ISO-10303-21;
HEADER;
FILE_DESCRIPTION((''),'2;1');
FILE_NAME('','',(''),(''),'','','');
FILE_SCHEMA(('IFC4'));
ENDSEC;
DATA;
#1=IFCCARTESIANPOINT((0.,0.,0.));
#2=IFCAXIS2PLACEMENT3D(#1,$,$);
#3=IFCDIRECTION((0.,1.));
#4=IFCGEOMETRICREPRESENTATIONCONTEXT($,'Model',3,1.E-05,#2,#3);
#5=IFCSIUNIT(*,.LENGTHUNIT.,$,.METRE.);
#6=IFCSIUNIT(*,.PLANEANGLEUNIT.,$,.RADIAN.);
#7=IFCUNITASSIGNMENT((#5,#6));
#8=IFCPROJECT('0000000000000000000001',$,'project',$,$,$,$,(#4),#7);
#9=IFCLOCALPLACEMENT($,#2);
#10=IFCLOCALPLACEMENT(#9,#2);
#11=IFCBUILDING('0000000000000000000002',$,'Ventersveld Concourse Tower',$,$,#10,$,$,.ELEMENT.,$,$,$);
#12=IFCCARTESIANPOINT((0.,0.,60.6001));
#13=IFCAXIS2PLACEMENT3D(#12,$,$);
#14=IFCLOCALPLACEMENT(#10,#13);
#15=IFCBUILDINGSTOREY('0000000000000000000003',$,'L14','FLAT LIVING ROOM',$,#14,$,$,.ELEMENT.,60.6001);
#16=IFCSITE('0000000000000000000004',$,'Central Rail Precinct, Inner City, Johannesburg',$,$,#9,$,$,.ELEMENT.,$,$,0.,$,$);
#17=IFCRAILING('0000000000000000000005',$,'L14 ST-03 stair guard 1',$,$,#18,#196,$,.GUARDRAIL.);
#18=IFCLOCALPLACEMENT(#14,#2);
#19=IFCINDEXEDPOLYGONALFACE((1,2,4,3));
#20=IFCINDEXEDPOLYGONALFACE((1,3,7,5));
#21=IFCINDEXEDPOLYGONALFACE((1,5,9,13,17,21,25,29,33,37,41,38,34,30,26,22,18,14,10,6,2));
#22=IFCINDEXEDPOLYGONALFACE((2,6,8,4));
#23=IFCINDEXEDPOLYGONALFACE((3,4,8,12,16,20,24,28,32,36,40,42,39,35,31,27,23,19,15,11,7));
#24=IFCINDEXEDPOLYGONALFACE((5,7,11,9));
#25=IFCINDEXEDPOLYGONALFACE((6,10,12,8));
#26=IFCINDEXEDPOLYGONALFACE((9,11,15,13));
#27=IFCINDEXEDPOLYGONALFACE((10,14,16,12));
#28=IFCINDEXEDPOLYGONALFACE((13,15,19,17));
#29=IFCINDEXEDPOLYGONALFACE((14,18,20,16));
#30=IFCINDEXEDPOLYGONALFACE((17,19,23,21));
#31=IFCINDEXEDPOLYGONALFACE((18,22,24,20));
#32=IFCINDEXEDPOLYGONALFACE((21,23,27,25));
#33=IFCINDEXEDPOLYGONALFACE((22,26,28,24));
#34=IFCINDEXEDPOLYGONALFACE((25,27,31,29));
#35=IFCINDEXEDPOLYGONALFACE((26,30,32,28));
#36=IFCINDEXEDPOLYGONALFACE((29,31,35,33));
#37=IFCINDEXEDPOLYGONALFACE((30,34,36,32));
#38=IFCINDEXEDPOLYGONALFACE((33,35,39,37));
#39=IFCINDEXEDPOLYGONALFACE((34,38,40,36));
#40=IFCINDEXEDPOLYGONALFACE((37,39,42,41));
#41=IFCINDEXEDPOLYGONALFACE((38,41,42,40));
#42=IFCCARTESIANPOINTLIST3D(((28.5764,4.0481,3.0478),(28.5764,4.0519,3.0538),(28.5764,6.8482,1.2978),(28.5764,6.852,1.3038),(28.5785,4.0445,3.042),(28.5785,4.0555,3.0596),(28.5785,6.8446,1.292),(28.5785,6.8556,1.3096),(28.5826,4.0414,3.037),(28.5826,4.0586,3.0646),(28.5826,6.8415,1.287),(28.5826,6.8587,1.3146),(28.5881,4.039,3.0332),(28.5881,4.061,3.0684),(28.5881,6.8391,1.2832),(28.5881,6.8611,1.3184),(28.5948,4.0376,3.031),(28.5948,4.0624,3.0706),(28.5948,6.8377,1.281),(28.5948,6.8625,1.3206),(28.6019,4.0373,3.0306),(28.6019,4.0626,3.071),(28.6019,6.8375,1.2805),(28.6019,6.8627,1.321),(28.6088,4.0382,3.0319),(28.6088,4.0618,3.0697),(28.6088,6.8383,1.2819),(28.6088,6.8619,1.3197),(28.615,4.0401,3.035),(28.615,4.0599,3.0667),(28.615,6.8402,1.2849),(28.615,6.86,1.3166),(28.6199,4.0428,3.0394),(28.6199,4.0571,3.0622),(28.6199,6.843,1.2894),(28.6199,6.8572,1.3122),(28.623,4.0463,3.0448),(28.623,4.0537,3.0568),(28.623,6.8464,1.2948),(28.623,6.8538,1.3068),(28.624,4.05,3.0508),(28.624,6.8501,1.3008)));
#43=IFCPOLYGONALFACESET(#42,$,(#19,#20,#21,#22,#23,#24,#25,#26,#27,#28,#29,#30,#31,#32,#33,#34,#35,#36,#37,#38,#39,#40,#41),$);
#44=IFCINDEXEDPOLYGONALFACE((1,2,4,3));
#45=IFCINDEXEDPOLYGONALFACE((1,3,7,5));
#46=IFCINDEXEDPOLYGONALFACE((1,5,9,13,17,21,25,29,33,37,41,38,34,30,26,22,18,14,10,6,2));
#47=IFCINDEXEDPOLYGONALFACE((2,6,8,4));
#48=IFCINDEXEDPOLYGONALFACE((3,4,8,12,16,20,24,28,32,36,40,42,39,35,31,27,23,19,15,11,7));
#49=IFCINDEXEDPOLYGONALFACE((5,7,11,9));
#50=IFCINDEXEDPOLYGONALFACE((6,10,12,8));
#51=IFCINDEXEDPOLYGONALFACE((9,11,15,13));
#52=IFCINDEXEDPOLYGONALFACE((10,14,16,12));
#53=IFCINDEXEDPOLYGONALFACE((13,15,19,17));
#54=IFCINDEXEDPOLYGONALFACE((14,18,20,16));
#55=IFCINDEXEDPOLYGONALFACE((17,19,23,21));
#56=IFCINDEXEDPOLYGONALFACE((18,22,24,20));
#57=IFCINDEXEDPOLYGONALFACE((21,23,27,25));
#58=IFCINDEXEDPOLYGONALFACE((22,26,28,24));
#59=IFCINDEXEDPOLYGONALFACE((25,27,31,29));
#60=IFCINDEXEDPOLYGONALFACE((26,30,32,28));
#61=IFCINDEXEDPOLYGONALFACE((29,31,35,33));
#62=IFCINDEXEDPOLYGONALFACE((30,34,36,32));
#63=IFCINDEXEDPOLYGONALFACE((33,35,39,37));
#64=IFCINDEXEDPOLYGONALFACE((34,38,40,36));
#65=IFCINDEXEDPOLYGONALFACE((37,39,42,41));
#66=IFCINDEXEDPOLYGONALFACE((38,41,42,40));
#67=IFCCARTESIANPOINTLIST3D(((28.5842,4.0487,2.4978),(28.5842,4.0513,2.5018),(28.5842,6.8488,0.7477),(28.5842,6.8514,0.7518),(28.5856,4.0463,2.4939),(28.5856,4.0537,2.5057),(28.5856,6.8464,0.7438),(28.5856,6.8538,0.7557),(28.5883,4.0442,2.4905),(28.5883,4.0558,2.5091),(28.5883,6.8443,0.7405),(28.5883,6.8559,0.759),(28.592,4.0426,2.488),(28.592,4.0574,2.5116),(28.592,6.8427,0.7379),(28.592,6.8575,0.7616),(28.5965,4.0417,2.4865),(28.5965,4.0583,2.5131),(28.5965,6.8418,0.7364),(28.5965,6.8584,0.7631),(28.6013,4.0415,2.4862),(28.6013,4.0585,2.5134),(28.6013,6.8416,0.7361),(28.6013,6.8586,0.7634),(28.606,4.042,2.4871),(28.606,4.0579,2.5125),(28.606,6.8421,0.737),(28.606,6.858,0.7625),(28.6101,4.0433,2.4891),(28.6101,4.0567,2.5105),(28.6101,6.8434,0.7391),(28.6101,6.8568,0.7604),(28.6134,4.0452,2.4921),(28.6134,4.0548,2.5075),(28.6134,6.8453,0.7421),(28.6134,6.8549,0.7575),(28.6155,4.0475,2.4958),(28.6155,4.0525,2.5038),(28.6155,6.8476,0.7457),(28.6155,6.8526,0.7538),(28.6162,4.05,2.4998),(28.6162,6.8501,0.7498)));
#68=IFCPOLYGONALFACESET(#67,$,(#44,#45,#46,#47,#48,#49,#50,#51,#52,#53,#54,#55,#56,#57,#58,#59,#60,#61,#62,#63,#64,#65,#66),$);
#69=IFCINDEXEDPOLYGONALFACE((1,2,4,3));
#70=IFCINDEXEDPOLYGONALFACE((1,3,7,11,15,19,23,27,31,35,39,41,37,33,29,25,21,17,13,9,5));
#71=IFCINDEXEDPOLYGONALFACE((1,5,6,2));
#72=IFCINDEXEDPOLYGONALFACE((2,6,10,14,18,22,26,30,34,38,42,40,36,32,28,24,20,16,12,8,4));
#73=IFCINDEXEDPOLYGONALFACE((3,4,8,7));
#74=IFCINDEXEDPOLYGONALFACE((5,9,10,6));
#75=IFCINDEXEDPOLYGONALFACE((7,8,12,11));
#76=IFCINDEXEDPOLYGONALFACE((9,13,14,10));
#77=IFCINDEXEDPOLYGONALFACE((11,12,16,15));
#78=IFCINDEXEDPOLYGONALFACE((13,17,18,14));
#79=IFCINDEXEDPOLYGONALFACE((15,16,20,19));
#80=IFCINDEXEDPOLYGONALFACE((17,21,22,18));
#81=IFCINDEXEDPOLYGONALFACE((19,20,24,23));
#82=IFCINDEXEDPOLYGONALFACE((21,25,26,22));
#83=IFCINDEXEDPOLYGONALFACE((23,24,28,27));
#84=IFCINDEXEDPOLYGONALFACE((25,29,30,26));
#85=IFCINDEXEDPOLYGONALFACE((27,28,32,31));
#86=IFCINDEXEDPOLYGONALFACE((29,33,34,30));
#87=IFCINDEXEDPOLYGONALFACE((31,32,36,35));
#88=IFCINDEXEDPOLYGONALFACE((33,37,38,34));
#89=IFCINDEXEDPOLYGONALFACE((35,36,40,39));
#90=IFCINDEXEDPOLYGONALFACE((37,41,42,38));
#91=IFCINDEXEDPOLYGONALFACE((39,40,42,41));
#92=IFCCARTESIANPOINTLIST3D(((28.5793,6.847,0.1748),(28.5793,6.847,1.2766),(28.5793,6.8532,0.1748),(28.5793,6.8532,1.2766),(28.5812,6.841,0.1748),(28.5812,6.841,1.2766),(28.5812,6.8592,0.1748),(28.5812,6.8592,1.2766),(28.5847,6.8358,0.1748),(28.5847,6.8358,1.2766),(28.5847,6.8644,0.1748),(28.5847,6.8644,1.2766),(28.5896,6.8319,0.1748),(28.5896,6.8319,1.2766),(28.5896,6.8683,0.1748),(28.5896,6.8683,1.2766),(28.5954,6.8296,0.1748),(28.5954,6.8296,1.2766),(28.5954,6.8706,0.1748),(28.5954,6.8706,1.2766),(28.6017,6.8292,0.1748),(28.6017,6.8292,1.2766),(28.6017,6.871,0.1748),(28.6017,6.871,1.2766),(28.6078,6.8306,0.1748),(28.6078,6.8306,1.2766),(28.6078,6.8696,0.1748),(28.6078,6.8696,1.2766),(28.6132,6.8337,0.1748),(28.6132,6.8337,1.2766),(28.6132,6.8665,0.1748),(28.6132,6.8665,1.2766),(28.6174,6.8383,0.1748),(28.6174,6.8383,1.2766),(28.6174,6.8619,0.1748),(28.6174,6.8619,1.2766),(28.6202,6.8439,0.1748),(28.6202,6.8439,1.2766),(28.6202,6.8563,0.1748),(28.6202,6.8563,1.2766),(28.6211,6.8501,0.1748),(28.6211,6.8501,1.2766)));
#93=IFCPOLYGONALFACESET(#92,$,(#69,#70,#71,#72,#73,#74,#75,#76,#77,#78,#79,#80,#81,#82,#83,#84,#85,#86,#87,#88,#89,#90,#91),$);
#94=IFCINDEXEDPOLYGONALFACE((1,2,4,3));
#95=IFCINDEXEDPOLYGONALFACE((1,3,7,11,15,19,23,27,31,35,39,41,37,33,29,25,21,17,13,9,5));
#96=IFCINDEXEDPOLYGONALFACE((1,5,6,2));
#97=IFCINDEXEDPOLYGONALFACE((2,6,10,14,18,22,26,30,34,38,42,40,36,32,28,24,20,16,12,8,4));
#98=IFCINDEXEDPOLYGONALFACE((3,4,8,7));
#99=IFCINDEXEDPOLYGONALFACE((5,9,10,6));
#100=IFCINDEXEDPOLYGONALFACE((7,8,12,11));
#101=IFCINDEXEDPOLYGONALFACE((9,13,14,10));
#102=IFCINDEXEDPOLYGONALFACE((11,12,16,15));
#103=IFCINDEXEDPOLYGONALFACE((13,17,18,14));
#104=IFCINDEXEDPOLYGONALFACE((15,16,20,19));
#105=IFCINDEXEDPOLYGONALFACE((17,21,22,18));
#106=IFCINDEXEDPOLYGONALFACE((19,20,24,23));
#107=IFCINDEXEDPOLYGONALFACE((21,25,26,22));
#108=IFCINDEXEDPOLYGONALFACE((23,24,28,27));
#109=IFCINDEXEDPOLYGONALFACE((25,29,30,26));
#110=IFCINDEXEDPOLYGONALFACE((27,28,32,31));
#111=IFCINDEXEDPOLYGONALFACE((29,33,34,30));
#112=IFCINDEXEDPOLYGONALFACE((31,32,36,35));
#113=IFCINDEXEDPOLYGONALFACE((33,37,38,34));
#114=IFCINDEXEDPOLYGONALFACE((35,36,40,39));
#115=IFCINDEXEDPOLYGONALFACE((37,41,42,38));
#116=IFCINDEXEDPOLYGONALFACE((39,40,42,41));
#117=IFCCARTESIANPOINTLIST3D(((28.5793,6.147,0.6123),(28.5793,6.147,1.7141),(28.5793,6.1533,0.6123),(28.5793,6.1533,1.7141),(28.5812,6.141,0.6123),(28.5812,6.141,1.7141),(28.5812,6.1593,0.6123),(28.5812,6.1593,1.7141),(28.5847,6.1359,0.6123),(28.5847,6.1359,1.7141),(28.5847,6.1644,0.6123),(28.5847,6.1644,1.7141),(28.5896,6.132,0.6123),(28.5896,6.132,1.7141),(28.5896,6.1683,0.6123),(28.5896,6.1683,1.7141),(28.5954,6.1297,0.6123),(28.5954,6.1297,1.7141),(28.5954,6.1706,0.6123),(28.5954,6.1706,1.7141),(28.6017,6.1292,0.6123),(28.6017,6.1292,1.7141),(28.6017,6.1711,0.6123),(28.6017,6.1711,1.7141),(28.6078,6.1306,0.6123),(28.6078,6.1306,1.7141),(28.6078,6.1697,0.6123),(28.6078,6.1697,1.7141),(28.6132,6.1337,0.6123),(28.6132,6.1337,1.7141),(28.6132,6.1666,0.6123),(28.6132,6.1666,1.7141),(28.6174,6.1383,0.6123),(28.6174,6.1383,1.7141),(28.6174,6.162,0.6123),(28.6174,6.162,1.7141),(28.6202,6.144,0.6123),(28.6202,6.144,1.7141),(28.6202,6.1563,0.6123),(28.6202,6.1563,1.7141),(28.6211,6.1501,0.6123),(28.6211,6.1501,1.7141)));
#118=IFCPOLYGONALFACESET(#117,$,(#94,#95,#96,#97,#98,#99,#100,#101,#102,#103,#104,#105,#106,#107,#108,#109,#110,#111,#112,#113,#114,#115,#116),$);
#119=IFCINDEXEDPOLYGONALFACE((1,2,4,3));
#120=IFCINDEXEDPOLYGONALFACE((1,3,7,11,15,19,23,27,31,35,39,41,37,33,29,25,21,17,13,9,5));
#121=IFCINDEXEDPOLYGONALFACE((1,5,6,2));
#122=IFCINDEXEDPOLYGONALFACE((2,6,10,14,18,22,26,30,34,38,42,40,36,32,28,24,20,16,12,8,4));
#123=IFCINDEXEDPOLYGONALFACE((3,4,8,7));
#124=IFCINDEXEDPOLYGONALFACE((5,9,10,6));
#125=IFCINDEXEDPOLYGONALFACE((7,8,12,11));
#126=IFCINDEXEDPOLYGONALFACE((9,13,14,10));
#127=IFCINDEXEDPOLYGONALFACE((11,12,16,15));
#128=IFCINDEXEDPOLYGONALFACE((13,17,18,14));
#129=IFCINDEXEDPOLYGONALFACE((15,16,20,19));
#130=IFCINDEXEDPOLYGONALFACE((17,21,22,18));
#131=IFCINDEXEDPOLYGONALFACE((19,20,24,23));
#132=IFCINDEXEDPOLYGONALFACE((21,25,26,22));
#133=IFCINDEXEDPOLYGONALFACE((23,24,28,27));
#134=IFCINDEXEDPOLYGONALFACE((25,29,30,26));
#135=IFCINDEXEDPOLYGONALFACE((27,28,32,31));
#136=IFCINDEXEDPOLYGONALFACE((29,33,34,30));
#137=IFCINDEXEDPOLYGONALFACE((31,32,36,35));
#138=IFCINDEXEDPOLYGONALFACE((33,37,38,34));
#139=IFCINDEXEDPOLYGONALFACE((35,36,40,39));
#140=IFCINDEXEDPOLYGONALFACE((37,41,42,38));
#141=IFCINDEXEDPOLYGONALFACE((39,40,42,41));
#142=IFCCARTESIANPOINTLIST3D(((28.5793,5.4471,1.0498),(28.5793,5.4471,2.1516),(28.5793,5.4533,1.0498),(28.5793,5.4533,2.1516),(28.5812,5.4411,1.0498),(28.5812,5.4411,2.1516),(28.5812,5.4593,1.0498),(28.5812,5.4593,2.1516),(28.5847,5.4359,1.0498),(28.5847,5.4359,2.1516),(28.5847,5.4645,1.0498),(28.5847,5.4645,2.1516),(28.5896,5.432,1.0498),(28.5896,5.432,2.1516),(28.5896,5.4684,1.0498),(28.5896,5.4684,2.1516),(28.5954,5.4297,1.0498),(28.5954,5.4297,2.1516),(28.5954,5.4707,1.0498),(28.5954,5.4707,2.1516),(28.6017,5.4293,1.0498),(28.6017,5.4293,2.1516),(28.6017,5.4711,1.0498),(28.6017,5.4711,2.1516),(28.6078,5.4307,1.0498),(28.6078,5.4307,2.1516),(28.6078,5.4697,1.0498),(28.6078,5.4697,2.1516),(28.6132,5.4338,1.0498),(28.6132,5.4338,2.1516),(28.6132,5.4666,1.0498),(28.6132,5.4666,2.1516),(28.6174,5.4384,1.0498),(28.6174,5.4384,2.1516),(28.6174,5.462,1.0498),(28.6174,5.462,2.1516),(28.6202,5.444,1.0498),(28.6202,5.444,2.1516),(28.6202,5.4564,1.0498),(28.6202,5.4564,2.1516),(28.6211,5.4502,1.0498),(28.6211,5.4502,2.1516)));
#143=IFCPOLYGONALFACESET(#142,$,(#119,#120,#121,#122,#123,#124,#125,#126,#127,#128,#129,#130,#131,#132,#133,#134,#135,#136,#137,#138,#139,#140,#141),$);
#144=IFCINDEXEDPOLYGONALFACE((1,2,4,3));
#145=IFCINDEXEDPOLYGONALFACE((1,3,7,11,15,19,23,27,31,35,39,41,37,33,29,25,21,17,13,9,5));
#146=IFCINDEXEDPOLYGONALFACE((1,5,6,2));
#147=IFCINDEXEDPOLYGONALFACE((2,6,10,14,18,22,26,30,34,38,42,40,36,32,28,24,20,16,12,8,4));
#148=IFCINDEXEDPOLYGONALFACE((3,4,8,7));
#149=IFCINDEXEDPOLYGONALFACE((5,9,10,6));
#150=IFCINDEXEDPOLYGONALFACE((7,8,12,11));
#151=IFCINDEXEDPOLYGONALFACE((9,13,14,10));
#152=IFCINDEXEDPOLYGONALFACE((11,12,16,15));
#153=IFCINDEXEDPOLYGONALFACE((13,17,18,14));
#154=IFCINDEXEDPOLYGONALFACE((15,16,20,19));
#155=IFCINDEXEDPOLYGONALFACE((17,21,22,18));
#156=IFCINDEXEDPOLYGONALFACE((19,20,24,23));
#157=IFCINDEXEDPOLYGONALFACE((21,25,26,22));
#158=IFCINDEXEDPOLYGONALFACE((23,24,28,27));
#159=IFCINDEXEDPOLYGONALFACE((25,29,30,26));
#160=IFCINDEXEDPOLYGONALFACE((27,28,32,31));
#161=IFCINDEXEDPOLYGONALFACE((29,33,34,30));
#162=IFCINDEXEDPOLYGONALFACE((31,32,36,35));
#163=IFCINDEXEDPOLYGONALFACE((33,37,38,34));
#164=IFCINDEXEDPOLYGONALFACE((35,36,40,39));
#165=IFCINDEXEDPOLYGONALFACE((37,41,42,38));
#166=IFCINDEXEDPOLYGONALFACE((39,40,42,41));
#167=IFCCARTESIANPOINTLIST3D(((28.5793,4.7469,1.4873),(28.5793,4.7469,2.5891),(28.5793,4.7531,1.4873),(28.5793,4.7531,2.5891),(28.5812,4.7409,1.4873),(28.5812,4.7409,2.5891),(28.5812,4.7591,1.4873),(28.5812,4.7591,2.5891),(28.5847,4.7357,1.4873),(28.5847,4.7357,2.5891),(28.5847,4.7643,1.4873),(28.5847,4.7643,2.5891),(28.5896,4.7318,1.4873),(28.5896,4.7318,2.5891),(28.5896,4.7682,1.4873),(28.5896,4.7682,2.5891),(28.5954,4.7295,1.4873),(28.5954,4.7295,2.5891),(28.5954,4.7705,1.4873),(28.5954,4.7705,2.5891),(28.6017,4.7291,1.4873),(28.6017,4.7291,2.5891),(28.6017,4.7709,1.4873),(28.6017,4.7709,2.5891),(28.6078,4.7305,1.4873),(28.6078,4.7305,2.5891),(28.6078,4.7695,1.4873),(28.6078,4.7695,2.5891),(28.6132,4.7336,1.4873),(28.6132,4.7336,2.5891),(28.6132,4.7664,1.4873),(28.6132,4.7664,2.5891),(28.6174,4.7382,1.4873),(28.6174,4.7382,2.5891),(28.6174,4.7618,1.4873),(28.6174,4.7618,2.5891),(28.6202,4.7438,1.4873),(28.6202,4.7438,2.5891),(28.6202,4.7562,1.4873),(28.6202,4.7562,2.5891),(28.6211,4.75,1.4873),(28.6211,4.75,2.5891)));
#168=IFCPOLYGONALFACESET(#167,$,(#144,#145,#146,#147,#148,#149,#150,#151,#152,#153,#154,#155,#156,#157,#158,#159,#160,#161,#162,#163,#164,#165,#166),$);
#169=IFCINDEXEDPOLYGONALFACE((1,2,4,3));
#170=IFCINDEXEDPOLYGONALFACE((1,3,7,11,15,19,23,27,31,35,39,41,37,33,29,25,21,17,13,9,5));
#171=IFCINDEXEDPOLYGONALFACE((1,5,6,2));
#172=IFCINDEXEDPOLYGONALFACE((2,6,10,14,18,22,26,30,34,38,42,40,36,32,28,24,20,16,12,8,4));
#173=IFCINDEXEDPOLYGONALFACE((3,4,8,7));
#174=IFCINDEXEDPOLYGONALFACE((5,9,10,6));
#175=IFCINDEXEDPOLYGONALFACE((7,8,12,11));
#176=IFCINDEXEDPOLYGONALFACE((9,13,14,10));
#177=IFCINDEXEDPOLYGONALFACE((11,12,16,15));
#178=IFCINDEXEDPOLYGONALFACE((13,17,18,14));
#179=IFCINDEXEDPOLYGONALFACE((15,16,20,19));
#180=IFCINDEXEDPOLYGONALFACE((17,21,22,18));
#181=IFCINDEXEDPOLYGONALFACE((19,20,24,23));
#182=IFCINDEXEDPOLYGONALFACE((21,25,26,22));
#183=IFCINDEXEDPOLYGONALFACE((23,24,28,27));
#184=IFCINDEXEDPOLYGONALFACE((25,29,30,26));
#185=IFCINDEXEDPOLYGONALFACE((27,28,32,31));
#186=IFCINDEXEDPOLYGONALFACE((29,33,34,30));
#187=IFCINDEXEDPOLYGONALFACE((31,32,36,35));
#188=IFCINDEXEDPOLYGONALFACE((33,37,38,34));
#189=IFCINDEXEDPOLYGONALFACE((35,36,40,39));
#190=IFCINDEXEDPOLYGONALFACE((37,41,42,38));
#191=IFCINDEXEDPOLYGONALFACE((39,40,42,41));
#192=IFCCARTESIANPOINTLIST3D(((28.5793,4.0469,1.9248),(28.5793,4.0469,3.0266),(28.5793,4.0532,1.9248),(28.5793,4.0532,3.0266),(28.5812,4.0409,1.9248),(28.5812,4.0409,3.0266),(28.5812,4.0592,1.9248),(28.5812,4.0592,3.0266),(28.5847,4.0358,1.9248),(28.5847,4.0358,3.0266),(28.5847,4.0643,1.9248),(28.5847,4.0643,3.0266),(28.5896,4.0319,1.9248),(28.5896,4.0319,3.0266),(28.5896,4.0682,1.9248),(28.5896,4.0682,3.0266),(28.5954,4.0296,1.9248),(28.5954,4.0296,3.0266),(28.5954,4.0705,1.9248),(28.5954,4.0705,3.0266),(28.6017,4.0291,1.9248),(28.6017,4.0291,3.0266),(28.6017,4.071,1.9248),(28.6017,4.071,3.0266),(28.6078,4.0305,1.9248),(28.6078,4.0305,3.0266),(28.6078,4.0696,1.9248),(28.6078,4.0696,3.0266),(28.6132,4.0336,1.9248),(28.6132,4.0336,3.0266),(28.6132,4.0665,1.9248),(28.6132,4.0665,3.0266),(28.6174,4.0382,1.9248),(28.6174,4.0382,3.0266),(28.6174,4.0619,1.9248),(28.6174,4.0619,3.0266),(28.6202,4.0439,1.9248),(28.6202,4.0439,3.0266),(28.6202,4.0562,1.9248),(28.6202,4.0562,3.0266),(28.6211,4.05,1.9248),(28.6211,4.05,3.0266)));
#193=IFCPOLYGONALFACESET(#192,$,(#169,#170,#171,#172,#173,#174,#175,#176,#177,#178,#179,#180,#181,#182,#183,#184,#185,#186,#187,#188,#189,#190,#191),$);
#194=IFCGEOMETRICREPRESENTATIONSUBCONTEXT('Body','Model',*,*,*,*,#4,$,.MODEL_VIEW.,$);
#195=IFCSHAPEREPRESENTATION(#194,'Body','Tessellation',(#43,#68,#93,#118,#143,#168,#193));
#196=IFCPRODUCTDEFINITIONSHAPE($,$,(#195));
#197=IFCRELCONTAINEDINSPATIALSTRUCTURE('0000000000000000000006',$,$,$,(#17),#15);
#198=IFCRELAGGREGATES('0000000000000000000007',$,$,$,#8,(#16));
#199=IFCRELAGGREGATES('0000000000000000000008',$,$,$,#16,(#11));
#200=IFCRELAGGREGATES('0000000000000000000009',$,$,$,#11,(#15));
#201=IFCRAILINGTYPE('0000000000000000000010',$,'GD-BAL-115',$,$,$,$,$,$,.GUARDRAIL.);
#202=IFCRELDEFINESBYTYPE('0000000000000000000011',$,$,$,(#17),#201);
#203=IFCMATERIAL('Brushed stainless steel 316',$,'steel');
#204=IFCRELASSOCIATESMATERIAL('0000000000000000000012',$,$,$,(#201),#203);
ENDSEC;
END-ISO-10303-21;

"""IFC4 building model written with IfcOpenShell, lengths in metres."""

from ifc_helpers import new_model, si_unit, direction, frame, origin, origin_2d, place, context, subcontext, project, spatial, circle, extrude, material, type_object, element, save


model = new_model("IFC4")

# Units and contexts
model_context = context("Model", 3, precision=1e-05, world=origin(), true_north=direction((0.0, 1.0)))
body_context = subcontext(model_context, "Body", "Model", "MODEL_VIEW")
ifc_project = project(units=[si_unit("LENGTHUNIT", "METRE"), si_unit("PLANEANGLEUNIT", "RADIAN")], contexts=[model_context])

# Site, building, storey
site_placement = place(None, origin())
site = spatial("IfcSite", under=ifc_project, at=site_placement, Name="Central Rail Precinct, Inner City, Johannesburg", CompositionType="ELEMENT", RefElevation=0.0)
building_placement = place(site_placement, origin())
building = spatial("IfcBuilding", under=site, at=building_placement, Name="Ventersveld Concourse Tower", CompositionType="ELEMENT")
storey_placement = place(building_placement, frame((0.0, 0.0, 60.6001)))
storey = spatial("IfcBuildingStorey", under=building, at=storey_placement, Name="L14", Description="FLAT LIVING ROOM", CompositionType="ELEMENT", Elevation=60.6001)

# Shared definitions
ifc_material_1 = material(Name="Brushed stainless steel 316", Category="steel")

# Railing
railing_type = type_object("IfcRailingType", Name="GD-BAL-115", PredefinedType="GUARDRAIL", material=ifc_material_1)
railing_1_placement = place(storey_placement, frame((28.6001, 6.8501, 0.1748)))
element("IfcRailing", 1, at=railing_1_placement, inside=storey, type_object=railing_type, Name="L14 ST-03 stair guard 1", PredefinedType="GUARDRAIL", context=body_context, shape_type="SweptSolid", body=[
    extrude(circle(Radius=0.0239, at=origin_2d()), frame((0.0, 0.0, 1.126), z_axis=(0.0, -0.848002, 0.529992), x_axis=(1.0, 0.0, 0.0)), (0.0, 0.0, 1.0), 3.302),
    extrude(circle(Radius=0.0161, at=origin_2d()), frame((0.0, 0.0, 0.575), z_axis=(0.0, -0.848002, 0.529992), x_axis=(1.0, 0.0, 0.0)), (0.0, 0.0, 1.0), 3.302),
    extrude(circle(Radius=0.021, at=origin_2d()), origin(), (0.0, 0.0, 1.0), 1.1018),
    extrude(circle(Radius=0.021, at=origin_2d()), frame((0.0, -0.7, 0.4375)), (0.0, 0.0, 1.0), 1.1018),
    extrude(circle(Radius=0.021, at=origin_2d()), frame((0.0, -1.3999, 0.875)), (0.0, 0.0, 1.0), 1.1018),
    extrude(circle(Radius=0.021, at=origin_2d()), frame((0.0, -2.1001, 1.3125)), (0.0, 0.0, 1.0), 1.1018),
    extrude(circle(Radius=0.021, at=origin_2d()), frame((0.0, -2.8, 1.75)), (0.0, 0.0, 1.0), 1.1018),
])

save(model, "model.ifc")
